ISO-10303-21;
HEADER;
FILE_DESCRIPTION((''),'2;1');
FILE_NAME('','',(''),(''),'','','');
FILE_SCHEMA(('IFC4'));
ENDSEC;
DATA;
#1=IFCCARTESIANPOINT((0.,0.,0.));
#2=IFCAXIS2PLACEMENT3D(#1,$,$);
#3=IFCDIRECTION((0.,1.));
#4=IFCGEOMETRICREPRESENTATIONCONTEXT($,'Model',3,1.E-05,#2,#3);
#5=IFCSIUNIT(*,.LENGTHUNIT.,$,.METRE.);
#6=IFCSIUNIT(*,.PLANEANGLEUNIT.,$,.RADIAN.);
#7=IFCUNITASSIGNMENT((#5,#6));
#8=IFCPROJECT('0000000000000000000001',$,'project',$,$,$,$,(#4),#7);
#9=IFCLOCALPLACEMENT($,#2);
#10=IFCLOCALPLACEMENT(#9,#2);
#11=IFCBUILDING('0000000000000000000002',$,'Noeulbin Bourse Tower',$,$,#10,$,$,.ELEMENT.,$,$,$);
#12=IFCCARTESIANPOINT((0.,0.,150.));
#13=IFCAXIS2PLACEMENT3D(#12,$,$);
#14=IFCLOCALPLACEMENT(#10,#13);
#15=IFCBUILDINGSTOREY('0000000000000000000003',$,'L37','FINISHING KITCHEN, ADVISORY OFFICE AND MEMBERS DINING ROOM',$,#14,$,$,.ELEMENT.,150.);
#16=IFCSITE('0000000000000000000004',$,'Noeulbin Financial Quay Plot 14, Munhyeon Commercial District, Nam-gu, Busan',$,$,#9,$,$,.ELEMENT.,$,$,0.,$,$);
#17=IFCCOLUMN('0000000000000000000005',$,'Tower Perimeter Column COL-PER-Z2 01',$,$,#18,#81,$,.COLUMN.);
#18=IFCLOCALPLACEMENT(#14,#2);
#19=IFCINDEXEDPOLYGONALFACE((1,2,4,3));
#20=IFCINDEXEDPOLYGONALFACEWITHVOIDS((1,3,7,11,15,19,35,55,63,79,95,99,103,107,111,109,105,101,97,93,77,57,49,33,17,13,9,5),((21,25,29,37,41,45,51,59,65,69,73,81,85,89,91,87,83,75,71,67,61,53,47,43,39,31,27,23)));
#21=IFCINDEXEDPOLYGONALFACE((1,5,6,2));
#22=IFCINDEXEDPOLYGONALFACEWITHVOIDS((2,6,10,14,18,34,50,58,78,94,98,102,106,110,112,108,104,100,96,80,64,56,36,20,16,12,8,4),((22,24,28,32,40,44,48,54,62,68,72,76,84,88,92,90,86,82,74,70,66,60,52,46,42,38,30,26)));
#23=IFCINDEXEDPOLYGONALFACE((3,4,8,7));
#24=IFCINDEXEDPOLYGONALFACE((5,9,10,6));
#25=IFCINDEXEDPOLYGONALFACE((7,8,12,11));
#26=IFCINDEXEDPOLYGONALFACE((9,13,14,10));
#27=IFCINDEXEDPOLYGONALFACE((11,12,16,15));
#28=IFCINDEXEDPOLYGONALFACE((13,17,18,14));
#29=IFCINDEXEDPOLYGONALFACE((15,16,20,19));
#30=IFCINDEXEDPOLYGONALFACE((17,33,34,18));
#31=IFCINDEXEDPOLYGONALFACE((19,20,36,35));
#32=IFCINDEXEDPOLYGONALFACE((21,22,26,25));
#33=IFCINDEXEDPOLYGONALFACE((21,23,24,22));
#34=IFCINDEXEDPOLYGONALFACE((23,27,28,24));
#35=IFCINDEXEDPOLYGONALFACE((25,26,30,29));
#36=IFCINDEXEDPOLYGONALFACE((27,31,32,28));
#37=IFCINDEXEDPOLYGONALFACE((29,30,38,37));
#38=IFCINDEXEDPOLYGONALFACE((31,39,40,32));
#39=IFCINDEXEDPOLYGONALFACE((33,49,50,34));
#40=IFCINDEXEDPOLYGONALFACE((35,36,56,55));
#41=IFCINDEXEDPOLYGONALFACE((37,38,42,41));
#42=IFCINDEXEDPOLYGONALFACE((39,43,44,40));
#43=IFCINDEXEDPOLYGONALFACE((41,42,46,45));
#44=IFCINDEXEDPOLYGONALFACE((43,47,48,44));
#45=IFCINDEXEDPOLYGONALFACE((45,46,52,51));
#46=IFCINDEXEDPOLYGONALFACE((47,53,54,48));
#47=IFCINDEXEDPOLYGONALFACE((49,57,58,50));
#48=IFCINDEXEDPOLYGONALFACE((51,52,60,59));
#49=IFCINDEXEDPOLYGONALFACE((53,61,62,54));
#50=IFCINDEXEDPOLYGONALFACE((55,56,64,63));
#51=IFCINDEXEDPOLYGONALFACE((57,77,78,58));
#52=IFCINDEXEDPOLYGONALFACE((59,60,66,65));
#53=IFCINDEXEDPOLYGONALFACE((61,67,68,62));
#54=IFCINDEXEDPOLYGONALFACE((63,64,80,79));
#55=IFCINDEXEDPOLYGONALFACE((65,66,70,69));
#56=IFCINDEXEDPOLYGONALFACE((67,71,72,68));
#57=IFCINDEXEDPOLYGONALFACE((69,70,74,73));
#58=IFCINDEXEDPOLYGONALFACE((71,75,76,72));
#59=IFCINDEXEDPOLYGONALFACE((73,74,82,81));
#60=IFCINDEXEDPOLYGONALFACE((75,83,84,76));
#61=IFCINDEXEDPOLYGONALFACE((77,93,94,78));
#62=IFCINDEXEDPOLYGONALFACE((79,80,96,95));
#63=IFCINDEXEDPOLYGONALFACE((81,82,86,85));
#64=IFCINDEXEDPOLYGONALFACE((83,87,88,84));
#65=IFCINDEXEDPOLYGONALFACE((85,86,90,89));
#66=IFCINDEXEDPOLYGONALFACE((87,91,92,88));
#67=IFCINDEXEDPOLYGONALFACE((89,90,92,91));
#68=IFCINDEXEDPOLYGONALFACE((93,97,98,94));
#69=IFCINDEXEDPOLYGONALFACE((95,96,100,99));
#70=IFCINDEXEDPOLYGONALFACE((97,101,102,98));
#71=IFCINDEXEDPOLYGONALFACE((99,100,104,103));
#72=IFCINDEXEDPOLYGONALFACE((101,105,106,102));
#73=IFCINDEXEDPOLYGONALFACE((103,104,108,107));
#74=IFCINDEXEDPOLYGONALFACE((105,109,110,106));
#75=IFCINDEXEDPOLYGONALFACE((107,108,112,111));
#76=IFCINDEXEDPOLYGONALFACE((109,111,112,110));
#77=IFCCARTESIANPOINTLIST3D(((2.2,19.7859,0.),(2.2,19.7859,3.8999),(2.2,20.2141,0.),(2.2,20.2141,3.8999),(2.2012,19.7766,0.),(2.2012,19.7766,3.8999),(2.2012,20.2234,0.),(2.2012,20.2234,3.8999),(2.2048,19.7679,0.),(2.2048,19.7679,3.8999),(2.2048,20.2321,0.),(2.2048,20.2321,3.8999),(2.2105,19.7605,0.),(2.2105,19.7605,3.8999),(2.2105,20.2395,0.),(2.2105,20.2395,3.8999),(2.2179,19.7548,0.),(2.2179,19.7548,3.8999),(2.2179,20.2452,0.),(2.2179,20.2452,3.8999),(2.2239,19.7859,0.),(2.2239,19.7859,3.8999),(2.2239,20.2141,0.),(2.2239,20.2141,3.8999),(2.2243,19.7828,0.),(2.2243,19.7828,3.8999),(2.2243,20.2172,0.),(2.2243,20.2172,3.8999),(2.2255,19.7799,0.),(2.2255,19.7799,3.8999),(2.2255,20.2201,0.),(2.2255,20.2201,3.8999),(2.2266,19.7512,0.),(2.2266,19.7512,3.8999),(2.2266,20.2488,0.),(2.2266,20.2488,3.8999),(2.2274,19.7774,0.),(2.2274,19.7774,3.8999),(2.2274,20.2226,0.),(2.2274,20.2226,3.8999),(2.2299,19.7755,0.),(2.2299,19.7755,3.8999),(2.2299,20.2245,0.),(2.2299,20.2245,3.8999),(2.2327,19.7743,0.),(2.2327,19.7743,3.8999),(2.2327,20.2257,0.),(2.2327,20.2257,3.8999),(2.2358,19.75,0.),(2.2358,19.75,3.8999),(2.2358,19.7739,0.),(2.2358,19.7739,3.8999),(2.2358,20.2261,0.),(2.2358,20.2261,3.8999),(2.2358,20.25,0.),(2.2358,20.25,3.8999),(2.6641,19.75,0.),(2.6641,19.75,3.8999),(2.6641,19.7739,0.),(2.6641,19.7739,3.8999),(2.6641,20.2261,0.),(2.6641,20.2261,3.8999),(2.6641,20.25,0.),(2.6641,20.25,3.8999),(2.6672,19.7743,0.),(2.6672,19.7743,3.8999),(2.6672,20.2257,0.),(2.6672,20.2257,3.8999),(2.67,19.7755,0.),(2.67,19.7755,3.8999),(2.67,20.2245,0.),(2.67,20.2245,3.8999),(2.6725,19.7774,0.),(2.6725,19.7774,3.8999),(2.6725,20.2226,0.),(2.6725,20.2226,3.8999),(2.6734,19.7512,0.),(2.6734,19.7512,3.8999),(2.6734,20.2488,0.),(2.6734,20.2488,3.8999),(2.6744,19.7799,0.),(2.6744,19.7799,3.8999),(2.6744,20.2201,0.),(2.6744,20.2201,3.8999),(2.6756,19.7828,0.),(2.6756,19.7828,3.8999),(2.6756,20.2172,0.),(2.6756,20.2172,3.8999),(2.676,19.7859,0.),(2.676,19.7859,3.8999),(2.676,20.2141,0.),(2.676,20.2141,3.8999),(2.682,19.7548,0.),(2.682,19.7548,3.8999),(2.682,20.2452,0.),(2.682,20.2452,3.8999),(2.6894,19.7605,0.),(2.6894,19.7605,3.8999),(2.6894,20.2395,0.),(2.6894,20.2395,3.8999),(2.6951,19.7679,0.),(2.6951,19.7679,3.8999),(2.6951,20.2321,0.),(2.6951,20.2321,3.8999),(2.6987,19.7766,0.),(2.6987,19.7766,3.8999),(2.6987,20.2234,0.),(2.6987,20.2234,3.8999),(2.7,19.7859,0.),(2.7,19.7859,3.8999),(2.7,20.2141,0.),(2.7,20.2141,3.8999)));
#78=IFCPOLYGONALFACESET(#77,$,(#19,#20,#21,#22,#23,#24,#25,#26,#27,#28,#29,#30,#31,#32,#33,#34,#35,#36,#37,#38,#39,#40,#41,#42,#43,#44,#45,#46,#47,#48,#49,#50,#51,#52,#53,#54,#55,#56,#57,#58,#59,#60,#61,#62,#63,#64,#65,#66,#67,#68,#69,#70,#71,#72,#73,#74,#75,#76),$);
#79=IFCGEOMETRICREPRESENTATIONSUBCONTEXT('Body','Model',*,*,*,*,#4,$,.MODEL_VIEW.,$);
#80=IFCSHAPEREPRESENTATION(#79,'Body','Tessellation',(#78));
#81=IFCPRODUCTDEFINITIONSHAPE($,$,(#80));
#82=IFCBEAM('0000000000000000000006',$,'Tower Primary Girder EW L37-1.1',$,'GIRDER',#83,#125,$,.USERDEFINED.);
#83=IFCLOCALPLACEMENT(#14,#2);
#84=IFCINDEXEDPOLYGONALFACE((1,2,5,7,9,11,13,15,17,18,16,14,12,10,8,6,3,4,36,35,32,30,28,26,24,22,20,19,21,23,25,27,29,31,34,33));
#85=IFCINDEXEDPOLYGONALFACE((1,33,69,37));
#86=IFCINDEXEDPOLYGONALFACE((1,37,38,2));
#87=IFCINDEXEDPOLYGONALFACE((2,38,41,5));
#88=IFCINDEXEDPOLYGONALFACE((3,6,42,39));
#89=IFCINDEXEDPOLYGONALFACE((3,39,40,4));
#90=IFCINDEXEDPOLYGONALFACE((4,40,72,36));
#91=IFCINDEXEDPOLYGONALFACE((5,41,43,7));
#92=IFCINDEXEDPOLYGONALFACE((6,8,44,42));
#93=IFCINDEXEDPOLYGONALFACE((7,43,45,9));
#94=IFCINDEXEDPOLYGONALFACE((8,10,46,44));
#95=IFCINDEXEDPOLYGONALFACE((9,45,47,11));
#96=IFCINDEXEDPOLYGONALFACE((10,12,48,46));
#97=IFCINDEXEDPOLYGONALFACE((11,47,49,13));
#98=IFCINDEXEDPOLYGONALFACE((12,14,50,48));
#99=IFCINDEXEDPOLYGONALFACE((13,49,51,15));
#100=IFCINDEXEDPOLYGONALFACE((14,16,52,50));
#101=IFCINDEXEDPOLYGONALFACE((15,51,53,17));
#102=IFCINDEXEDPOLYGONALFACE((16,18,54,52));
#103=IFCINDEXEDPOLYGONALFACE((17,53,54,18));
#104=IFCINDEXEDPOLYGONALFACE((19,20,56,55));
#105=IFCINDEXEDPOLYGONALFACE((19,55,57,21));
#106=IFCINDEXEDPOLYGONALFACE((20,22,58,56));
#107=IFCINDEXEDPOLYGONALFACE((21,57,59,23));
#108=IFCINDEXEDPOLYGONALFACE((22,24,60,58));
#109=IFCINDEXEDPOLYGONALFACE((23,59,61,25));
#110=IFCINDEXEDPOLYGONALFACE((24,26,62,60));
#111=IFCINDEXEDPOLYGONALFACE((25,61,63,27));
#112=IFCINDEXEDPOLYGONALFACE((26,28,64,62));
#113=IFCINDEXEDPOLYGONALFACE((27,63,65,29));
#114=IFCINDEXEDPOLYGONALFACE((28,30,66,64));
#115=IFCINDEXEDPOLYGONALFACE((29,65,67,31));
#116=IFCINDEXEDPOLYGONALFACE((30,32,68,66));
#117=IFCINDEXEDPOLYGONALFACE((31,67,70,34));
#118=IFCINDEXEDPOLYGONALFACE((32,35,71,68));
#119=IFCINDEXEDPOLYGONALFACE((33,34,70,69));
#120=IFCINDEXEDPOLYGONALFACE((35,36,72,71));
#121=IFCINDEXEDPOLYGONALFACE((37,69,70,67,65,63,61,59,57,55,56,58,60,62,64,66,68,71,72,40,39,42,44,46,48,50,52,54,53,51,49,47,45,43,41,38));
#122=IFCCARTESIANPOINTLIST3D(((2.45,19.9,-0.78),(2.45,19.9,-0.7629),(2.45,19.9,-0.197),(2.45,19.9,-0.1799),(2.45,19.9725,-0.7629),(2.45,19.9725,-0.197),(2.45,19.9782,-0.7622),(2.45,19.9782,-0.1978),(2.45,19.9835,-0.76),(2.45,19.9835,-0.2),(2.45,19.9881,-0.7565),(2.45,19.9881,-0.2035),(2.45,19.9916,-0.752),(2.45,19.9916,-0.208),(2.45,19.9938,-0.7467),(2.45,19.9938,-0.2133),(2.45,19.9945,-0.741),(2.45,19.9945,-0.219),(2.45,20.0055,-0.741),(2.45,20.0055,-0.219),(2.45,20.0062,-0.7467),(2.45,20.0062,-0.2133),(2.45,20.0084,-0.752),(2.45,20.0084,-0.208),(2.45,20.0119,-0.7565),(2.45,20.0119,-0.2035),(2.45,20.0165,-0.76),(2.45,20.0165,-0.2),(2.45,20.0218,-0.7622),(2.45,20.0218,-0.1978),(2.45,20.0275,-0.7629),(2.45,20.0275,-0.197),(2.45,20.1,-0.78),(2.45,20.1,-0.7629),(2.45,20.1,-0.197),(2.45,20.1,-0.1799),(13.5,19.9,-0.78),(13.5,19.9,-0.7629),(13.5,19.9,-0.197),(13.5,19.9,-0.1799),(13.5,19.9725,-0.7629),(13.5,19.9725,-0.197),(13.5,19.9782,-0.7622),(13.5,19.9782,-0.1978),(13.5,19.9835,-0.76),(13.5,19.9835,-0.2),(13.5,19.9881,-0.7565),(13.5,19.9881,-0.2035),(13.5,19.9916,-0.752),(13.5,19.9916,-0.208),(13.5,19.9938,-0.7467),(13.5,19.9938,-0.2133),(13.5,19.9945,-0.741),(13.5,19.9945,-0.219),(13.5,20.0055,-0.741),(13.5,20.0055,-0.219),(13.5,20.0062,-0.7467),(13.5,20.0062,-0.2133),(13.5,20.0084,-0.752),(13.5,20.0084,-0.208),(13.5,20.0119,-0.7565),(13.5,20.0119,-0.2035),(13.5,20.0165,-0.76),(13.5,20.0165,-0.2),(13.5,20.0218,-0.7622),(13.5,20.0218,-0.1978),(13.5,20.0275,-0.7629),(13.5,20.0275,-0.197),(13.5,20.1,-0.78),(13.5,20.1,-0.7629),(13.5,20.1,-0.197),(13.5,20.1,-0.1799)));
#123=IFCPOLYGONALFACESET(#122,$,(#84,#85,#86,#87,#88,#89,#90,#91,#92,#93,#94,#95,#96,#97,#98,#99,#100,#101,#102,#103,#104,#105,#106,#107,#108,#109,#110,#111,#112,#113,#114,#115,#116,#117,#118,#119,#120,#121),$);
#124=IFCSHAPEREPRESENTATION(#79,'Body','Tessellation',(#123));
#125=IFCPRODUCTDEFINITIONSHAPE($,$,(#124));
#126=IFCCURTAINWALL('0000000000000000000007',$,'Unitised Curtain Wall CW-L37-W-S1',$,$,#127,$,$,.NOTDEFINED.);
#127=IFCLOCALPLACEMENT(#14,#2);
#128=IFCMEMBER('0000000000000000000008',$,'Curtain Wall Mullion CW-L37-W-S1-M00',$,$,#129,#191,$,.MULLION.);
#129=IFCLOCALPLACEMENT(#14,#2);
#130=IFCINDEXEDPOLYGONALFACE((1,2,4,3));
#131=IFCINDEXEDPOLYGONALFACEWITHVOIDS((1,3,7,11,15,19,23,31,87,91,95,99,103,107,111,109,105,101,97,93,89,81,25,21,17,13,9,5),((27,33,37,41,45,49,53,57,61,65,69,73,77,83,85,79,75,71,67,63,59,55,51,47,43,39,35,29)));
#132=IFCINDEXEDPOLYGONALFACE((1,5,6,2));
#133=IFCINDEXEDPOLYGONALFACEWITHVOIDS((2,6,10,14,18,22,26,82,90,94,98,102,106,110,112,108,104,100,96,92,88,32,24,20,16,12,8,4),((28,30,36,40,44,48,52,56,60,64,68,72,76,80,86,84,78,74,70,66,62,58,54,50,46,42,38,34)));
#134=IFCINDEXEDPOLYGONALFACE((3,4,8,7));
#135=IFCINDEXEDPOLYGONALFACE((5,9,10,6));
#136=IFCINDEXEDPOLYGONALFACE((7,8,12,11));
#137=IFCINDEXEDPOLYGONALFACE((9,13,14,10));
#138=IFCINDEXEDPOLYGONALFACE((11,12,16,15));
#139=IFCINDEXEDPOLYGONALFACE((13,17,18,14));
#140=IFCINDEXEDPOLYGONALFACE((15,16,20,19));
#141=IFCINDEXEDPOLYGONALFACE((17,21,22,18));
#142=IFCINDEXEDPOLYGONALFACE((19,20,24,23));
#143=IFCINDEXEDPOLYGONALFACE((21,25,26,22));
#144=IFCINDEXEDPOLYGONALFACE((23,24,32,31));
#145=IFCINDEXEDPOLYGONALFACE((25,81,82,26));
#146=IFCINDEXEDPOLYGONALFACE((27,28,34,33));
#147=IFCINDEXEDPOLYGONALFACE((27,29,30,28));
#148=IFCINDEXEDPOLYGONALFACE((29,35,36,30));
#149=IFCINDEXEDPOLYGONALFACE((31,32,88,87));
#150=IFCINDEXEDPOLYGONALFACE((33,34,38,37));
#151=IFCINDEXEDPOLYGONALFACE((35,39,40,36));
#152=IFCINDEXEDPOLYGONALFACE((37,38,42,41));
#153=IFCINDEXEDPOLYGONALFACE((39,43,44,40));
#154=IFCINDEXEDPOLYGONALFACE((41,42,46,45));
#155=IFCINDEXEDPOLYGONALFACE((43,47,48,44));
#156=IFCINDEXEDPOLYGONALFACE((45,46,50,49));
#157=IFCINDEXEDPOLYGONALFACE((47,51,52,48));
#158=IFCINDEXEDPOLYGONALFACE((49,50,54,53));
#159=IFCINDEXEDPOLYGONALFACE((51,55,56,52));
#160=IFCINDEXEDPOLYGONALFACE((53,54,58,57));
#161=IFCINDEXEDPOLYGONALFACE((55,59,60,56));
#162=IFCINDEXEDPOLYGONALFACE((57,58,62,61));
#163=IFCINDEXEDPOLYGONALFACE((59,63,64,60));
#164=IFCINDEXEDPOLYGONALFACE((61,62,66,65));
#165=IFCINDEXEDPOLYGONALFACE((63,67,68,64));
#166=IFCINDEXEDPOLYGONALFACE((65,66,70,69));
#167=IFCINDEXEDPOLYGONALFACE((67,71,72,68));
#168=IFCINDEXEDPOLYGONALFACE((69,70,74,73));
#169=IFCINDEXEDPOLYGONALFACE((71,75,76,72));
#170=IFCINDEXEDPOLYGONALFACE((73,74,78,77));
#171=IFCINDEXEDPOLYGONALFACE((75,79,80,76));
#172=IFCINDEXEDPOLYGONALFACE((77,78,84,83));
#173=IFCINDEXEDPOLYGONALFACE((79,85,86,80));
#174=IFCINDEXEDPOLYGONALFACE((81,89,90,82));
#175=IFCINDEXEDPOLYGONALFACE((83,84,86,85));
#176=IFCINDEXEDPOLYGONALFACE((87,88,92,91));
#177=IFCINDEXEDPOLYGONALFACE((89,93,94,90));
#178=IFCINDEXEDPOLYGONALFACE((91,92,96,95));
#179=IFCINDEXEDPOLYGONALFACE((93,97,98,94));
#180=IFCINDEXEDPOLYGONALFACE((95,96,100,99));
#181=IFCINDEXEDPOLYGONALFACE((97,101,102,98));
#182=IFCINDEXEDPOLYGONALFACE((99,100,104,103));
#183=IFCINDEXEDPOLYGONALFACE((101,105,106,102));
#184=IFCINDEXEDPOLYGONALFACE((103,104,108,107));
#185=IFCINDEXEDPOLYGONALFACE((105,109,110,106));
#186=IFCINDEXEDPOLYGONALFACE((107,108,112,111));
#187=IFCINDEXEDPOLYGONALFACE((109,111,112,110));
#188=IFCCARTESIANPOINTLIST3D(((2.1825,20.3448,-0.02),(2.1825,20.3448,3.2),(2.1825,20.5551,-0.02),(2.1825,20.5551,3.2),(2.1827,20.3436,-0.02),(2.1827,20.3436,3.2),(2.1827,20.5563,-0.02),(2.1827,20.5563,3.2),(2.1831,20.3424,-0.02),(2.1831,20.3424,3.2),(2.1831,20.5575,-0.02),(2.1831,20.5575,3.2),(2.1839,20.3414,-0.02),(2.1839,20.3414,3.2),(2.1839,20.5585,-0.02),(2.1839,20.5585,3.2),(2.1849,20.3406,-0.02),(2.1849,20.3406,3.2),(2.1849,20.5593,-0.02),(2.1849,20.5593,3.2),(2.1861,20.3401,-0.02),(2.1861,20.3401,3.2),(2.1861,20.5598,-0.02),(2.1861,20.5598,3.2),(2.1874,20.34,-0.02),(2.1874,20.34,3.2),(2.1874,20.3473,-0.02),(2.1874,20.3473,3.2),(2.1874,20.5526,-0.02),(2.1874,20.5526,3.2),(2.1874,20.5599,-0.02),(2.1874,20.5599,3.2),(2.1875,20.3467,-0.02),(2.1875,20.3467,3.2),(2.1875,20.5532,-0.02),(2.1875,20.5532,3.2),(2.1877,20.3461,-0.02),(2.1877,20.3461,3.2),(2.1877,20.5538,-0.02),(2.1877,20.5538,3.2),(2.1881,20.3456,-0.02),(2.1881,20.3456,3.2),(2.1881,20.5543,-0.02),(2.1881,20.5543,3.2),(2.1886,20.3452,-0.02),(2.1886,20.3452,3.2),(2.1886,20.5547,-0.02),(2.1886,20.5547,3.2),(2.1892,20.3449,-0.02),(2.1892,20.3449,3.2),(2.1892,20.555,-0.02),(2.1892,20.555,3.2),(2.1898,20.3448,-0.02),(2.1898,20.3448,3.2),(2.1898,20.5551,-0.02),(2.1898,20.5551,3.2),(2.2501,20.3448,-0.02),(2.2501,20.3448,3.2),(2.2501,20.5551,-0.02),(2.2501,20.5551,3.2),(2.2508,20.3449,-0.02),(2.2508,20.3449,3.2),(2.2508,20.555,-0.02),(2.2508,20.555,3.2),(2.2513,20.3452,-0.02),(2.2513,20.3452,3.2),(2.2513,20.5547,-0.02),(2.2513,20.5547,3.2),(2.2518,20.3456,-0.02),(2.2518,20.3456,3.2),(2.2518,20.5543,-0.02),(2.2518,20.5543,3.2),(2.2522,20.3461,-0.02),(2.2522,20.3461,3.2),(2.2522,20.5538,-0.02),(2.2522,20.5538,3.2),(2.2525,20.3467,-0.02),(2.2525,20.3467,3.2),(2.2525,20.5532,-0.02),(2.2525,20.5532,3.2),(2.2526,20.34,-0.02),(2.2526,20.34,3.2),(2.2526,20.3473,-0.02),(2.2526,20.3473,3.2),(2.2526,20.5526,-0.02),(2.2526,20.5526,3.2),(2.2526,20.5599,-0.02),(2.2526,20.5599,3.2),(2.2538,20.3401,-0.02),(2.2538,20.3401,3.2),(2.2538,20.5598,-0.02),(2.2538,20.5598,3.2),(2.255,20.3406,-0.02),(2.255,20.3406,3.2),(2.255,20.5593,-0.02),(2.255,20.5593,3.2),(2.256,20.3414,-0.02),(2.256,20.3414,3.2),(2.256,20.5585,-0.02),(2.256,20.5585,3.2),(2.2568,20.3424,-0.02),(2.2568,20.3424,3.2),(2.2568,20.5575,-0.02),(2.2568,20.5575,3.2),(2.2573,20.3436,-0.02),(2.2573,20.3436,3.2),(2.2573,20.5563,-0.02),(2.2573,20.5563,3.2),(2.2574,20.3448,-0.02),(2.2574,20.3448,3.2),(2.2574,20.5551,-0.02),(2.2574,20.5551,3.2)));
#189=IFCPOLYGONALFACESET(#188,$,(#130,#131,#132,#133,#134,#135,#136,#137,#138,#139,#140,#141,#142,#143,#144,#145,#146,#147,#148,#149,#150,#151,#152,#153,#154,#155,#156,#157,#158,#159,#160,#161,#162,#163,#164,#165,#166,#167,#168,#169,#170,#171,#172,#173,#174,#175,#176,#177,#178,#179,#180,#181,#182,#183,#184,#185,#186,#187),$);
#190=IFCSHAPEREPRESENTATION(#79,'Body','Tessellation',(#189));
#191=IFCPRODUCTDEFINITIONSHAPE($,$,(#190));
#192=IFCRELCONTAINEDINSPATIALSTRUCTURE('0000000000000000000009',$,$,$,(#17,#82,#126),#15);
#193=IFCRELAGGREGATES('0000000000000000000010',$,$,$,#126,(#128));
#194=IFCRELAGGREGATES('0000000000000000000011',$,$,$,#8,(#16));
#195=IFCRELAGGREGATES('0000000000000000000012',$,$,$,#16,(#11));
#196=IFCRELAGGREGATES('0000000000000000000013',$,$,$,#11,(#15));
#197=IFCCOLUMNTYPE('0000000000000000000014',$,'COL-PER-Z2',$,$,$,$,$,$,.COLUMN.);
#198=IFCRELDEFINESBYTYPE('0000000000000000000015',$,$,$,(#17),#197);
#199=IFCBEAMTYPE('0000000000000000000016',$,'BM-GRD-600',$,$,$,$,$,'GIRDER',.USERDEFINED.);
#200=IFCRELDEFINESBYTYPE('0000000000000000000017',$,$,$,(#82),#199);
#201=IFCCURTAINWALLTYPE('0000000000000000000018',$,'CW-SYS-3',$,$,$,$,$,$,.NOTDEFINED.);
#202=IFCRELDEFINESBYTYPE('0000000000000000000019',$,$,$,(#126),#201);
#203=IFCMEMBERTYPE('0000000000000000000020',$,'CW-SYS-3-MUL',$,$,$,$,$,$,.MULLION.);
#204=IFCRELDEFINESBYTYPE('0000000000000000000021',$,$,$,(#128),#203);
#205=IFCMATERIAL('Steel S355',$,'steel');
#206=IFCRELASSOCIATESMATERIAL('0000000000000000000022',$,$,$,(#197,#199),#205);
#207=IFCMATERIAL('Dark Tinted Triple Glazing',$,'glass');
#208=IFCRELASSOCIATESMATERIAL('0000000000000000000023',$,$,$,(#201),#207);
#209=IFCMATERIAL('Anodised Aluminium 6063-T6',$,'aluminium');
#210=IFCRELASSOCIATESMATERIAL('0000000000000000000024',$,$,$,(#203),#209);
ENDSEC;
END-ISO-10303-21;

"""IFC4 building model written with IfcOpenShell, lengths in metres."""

from ifc_helpers import new_model, si_unit, direction, frame, origin, origin_2d, place, context, subcontext, project, spatial, hollow_rectangle, i_section, extrude, material, material_profile, profile_set, type_object, element, aggregate, save


model = new_model("IFC4")

# Units and contexts
model_context = context("Model", 3, precision=1e-05, world=origin(), true_north=direction((0.0, 1.0)))
body_context = subcontext(model_context, "Body", "Model", "MODEL_VIEW")
ifc_project = project(units=[si_unit("LENGTHUNIT", "METRE"), si_unit("PLANEANGLEUNIT", "RADIAN")], contexts=[model_context])

# Site, building, storey
site_placement = place(None, origin())
site = spatial("IfcSite", under=ifc_project, at=site_placement, Name="Noeulbin Financial Quay Plot 14, Munhyeon Commercial District, Nam-gu, Busan", CompositionType="ELEMENT", RefElevation=0.0)
building_placement = place(site_placement, origin())
building = spatial("IfcBuilding", under=site, at=building_placement, Name="Noeulbin Bourse Tower", CompositionType="ELEMENT")
storey_placement = place(building_placement, frame((0.0, 0.0, 150.0)))
storey = spatial("IfcBuildingStorey", under=building, at=storey_placement, Name="L37", Description="FINISHING KITCHEN, ADVISORY OFFICE AND MEMBERS DINING ROOM", CompositionType="ELEMENT", Elevation=150.0)

# Column
ifc_material_1 = material(Name="Steel S355", Category="steel")
ifc_material_profile_1 = material_profile(ifc_material_1, hollow_rectangle(XDim=0.5, YDim=0.5, WallThickness=0.0239, InnerFilletRadius=0.012, OuterFilletRadius=0.0359, at=origin_2d()), Name="BOX-500x500x24", Category="LoadBearing")
ifc_profile_set_1 = profile_set([ifc_material_profile_1], Name="Steel S355")
column_type = type_object("IfcColumnType", Name="COL-PER-Z2", PredefinedType="COLUMN", material=ifc_profile_set_1)
column_placement = place(storey_placement, frame((2.45, 20.0, 0.0), z_axis=(0.0, 0.0, 1.0), x_axis=(1.0, 0.0, 0.0)))
element("IfcColumn", 1, at=column_placement, inside=storey, type_object=column_type, Name="Tower Perimeter Column COL-PER-Z2 01", PredefinedType="COLUMN", context=body_context, shape_type="SweptSolid", body=[
    extrude(hollow_rectangle(XDim=0.5, YDim=0.5, WallThickness=0.0239, InnerFilletRadius=0.012, OuterFilletRadius=0.0359, at=origin_2d()), origin(), (0.0, 0.0, 1.0), 3.8999),
])

# Beam
ifc_material_profile_2 = material_profile(ifc_material_1, i_section(OverallWidth=0.2, OverallDepth=0.6001, WebThickness=0.011, FlangeThickness=0.0171, FilletRadius=0.022, at=origin_2d()), Name="H-600x200x11x17", Category="LoadBearing")
ifc_profile_set_2 = profile_set([ifc_material_profile_2], Name="Steel S355")
beam_type = type_object("IfcBeamType", Name="BM-GRD-600", ElementType="GIRDER", PredefinedType="USERDEFINED", material=ifc_profile_set_2)
beam_placement = place(storey_placement, frame((2.45, 20.0, -0.48), z_axis=(1.0, 0.0, 0.0), x_axis=(0.0, 1.0, 0.0)))
element("IfcBeam", 2, at=beam_placement, inside=storey, type_object=beam_type, Name="Tower Primary Girder EW L37-1.1", ObjectType="GIRDER", PredefinedType="USERDEFINED", context=body_context, shape_type="SweptSolid", body=[
    extrude(i_section(OverallWidth=0.2, OverallDepth=0.6001, WebThickness=0.011, FlangeThickness=0.0171, FilletRadius=0.022, at=origin_2d()), origin(), (0.0, 0.0, 1.0), 11.05),
])

# Curtain wall, member
ifc_material_2 = material(Name="Dark Tinted Triple Glazing", Category="glass")
curtain_wall_type = type_object("IfcCurtainWallType", Name="CW-SYS-3", PredefinedType="NOTDEFINED", material=ifc_material_2)
curtain_wall_placement = place(storey_placement, origin())
curtain_wall = element("IfcCurtainWall", 3, at=curtain_wall_placement, inside=storey, type_object=curtain_wall_type, Name="Unitised Curtain Wall CW-L37-W-S1", PredefinedType="NOTDEFINED")
ifc_material_3 = material(Name="Anodised Aluminium 6063-T6", Category="aluminium")
ifc_material_profile_3 = material_profile(ifc_material_3, hollow_rectangle(XDim=0.075, YDim=0.22, WallThickness=0.0049, InnerFilletRadius=0.0024, OuterFilletRadius=0.0049, at=origin_2d()), Name="ALU-MULL-75x220x5", Category="LoadBearing")
ifc_profile_set_3 = profile_set([ifc_material_profile_3], Name="Anodised Aluminium 6063-T6")
member_type_1 = type_object("IfcMemberType", Name="CW-SYS-3-MUL", PredefinedType="MULLION", material=ifc_profile_set_3)
member_1_placement = place(storey_placement, frame((2.22, 20.45, -0.02), z_axis=(0.0, 0.0, 1.0), x_axis=(1.0, 0.0, 0.0)))
member_1 = element("IfcMember", 4, at=member_1_placement, type_object=member_type_1, Name="Curtain Wall Mullion CW-L37-W-S1-M00", PredefinedType="MULLION", context=body_context, shape_type="SweptSolid", body=[
    extrude(hollow_rectangle(XDim=0.075, YDim=0.22, WallThickness=0.0049, InnerFilletRadius=0.0024, OuterFilletRadius=0.0049, at=origin_2d()), origin(), (0.0, 0.0, 1.0), 3.22),
])
aggregate(curtain_wall, [member_1])

save(model, "model.ifc")
